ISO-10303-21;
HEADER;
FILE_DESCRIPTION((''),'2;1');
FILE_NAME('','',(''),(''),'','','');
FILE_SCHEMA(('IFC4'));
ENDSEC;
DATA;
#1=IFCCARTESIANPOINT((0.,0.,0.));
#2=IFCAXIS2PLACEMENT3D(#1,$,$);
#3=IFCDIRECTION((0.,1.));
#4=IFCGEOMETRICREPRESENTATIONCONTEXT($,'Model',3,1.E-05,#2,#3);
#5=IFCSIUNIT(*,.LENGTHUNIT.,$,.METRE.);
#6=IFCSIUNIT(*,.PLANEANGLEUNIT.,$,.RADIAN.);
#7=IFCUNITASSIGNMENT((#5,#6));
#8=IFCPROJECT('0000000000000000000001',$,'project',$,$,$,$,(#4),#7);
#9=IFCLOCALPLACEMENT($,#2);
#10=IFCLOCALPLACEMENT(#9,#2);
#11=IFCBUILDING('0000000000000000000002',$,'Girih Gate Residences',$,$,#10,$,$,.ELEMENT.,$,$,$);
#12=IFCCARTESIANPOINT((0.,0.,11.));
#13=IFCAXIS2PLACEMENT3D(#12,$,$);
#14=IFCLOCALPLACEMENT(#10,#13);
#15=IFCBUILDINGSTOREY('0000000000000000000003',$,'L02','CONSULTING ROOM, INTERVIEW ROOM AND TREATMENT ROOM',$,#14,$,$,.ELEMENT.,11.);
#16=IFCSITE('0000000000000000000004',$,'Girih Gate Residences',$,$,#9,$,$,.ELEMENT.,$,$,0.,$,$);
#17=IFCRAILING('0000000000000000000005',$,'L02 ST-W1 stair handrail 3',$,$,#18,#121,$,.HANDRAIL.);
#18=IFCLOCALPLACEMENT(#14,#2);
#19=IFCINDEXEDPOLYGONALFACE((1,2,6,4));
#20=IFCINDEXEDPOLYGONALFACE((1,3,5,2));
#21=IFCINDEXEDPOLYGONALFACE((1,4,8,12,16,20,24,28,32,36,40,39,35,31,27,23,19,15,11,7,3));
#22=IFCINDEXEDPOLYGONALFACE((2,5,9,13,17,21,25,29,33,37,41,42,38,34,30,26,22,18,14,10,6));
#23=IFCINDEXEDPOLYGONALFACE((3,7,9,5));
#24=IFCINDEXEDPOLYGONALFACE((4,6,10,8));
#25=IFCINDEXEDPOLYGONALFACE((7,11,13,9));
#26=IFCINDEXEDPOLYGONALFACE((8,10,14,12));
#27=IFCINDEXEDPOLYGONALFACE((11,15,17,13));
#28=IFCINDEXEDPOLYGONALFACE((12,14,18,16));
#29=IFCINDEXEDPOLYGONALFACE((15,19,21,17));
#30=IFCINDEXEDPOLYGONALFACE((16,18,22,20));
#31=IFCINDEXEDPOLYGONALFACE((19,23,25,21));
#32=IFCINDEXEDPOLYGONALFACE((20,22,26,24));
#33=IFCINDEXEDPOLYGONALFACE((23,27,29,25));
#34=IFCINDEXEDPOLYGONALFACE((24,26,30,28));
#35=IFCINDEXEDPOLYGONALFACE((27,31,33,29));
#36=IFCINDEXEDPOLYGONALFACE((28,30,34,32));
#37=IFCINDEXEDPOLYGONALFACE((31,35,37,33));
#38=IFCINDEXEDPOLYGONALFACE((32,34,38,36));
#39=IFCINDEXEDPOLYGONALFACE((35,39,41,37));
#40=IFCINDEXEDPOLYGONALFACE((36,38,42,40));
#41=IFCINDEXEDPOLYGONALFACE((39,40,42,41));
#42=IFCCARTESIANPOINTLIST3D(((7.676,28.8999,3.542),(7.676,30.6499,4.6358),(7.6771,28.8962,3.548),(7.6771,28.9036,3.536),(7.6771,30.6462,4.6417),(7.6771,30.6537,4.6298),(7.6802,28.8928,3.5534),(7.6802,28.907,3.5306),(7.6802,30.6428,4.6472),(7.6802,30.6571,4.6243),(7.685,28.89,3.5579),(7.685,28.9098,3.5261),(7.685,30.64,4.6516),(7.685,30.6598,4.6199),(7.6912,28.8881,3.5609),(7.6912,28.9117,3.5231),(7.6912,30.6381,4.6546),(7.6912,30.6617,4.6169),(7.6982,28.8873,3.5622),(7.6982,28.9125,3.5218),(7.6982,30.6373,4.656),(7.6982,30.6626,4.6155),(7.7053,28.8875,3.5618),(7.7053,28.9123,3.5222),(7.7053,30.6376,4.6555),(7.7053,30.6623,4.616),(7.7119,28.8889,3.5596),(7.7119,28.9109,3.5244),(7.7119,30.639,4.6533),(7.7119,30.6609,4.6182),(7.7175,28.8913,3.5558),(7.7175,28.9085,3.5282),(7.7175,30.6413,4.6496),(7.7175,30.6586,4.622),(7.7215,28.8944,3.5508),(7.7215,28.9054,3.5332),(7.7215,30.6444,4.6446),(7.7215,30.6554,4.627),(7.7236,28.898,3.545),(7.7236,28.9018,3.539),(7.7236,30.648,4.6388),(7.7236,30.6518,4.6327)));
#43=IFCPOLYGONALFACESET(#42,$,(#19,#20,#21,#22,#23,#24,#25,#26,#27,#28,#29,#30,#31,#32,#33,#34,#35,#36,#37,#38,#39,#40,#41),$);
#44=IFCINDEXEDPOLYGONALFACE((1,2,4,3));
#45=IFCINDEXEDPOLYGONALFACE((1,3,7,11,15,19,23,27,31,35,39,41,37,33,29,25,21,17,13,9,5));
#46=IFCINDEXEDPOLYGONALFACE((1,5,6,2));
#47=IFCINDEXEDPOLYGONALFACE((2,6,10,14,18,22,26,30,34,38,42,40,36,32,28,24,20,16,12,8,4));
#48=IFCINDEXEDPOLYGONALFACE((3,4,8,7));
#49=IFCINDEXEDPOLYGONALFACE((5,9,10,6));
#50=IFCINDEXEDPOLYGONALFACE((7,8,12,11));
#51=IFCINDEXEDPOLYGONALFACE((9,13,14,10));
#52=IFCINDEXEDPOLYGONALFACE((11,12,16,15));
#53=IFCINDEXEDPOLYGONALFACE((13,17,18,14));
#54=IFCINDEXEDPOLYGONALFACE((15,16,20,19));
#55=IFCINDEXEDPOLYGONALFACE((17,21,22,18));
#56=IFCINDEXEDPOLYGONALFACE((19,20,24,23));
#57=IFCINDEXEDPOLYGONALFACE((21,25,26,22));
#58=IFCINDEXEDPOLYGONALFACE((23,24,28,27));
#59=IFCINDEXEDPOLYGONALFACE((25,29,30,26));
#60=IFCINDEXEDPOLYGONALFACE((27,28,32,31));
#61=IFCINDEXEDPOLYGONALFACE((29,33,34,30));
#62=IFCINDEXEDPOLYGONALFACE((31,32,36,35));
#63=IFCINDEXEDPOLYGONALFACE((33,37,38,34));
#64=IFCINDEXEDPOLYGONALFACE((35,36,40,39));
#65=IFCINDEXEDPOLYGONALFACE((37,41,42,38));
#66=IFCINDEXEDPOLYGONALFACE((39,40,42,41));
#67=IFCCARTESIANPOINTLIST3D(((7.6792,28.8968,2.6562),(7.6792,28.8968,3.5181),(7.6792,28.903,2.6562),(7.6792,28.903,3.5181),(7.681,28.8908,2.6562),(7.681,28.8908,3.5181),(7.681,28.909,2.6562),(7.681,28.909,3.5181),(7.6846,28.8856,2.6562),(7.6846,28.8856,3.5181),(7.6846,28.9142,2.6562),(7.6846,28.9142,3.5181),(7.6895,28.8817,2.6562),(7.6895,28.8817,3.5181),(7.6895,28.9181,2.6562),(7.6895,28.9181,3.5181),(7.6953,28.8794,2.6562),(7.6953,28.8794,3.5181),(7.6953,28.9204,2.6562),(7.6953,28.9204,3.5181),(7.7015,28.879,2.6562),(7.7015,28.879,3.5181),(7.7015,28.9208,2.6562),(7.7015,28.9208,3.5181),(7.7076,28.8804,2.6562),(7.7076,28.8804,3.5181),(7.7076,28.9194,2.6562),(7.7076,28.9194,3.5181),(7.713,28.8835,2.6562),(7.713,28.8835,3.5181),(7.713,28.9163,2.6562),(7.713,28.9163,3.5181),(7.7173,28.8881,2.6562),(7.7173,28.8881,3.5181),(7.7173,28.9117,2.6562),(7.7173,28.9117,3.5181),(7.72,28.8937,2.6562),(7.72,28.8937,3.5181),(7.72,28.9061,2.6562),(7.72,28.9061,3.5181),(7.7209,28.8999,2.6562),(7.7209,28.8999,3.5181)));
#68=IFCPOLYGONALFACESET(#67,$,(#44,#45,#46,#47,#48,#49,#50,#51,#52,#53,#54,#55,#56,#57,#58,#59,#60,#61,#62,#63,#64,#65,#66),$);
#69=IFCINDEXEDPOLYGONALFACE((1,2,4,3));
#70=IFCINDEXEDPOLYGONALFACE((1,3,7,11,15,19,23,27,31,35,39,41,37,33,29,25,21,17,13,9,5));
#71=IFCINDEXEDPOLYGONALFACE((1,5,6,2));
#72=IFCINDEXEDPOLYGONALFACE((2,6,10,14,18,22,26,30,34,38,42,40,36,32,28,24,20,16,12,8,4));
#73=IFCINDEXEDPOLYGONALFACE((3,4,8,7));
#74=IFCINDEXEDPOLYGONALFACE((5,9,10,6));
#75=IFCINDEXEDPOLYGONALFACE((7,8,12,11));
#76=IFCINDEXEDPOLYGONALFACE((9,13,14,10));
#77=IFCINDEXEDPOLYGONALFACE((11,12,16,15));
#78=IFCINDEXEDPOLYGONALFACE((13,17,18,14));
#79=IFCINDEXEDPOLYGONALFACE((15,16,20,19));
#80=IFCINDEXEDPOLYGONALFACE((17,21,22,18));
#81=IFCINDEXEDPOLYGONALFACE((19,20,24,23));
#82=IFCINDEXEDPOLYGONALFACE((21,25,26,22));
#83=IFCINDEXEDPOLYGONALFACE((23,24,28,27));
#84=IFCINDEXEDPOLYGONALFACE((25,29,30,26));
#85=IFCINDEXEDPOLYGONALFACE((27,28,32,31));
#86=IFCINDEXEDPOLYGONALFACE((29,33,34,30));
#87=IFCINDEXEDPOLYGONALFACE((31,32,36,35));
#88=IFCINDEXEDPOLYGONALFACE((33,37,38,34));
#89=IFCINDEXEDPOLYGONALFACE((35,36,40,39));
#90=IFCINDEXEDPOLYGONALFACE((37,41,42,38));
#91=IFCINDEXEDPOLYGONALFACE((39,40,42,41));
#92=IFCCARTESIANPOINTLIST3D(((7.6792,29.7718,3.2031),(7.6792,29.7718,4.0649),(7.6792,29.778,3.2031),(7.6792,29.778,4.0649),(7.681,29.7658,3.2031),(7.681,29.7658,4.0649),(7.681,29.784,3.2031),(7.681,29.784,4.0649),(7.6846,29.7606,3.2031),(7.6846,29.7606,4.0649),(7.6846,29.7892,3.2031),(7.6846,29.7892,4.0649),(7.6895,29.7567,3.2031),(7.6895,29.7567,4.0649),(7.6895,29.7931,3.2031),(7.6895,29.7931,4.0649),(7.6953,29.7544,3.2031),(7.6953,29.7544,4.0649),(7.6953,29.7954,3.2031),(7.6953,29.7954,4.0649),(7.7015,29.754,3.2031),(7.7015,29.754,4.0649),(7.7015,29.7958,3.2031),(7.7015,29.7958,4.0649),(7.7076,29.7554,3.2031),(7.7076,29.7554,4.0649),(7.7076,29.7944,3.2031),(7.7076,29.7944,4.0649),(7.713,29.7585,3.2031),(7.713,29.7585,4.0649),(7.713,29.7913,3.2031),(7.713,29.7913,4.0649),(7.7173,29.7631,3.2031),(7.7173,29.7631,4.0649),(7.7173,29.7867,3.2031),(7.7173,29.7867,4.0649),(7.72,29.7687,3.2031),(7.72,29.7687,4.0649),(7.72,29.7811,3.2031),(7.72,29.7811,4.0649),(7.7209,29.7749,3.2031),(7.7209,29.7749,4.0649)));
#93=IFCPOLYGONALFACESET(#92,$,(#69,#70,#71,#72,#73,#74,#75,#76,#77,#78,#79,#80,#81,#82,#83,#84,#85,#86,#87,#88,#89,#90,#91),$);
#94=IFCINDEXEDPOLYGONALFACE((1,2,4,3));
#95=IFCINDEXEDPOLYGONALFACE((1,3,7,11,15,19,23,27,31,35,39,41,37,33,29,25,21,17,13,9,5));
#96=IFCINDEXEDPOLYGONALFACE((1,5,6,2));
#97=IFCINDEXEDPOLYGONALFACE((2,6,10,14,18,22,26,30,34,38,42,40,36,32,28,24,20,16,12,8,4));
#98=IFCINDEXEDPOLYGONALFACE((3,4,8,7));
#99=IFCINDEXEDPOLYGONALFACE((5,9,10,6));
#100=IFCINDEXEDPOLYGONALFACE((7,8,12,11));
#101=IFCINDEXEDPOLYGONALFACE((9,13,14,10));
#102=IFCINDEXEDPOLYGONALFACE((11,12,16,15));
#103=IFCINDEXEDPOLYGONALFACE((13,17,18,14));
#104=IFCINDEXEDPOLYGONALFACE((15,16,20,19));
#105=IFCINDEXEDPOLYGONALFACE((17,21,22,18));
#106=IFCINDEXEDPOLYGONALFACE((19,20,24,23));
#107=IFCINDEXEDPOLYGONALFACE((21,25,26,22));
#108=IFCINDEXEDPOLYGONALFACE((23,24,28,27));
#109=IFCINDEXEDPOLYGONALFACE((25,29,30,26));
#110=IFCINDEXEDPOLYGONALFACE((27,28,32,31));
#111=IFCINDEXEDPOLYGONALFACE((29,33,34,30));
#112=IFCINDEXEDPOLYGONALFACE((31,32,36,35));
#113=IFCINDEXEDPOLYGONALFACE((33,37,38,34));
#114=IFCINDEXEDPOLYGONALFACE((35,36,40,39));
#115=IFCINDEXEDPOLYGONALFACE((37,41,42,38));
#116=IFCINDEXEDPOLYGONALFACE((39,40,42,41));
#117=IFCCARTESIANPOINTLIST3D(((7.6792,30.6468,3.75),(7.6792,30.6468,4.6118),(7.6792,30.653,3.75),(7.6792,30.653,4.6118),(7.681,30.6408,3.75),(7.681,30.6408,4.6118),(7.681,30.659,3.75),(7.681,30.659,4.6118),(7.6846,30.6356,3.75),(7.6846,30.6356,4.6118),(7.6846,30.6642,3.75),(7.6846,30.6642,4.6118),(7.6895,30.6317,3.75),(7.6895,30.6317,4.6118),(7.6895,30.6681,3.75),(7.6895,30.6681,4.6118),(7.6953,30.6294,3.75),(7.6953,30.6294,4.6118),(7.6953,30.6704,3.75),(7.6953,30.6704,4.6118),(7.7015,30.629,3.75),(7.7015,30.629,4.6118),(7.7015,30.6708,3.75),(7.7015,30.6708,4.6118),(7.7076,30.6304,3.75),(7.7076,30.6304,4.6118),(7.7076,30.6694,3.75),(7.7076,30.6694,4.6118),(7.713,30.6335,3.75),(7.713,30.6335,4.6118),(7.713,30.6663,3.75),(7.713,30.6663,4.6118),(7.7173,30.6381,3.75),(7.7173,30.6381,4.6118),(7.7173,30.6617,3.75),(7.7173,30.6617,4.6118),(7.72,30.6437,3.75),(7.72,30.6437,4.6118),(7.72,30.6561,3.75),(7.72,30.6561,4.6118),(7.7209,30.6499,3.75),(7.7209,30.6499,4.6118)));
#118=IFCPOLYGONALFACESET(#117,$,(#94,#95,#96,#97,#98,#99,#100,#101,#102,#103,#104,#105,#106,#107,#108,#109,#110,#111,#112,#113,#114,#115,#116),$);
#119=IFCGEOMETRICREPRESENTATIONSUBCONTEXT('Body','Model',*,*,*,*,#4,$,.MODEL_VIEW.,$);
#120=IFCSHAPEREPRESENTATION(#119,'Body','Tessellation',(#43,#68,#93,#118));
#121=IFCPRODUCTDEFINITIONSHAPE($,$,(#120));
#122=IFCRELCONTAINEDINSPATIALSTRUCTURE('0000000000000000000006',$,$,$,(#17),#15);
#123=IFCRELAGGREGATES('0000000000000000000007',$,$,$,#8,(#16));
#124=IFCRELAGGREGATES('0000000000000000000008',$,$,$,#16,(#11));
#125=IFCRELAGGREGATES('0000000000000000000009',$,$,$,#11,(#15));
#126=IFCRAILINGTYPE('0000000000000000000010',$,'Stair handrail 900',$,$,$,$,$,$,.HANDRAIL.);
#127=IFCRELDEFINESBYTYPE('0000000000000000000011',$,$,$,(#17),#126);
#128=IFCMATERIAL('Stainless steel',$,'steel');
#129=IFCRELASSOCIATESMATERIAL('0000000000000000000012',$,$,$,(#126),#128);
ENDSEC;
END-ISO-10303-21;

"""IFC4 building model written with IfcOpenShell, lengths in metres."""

from ifc_helpers import new_model, si_unit, direction, frame, origin, origin_2d, place, context, subcontext, project, spatial, circle, extrude, material, type_object, element, save


model = new_model("IFC4")

# Units and contexts
model_context = context("Model", 3, precision=1e-05, world=origin(), true_north=direction((0.0, 1.0)))
body_context = subcontext(model_context, "Body", "Model", "MODEL_VIEW")
ifc_project = project(units=[si_unit("LENGTHUNIT", "METRE"), si_unit("PLANEANGLEUNIT", "RADIAN")], contexts=[model_context])

# Site, building, storey
site_placement = place(None, origin())
site = spatial("IfcSite", under=ifc_project, at=site_placement, Name="Girih Gate Residences", CompositionType="ELEMENT", RefElevation=0.0)
building_placement = place(site_placement, origin())
building = spatial("IfcBuilding", under=site, at=building_placement, Name="Girih Gate Residences", CompositionType="ELEMENT")
storey_placement = place(building_placement, frame((0.0, 0.0, 11.0)))
storey = spatial("IfcBuildingStorey", under=building, at=storey_placement, Name="L02", Description="CONSULTING ROOM, INTERVIEW ROOM AND TREATMENT ROOM", CompositionType="ELEMENT", Elevation=11.0)

# Railing
ifc_material_1 = material(Name="Stainless steel", Category="steel")
railing_type_1 = type_object("IfcRailingType", Name="Stair handrail 900", PredefinedType="HANDRAIL", material=ifc_material_1)
railing_1_placement = place(storey_placement, frame((7.7, 28.8999, 2.6562)))
element("IfcRailing", 1, at=railing_1_placement, inside=storey, type_object=railing_type_1, Name="L02 ST-W1 stair handrail 3", PredefinedType="HANDRAIL", context=body_context, shape_type="SweptSolid", body=[
    extrude(circle(Radius=0.0239, at=origin_2d()), frame((0.0, 0.0, 0.8857), z_axis=(0.0, 0.847998, 0.529999), x_axis=(-1.0, 0.0, 0.0)), (0.0, 0.0, 1.0), 2.0637),
    extrude(circle(Radius=0.021, at=origin_2d()), origin(), (0.0, 0.0, 1.0), 0.8618),
    extrude(circle(Radius=0.021, at=origin_2d()), frame((0.0, 0.875, 0.5469)), (0.0, 0.0, 1.0), 0.8618),
    extrude(circle(Radius=0.021, at=origin_2d()), frame((0.0, 1.75, 1.0938)), (0.0, 0.0, 1.0), 0.8618),
])

save(model, "model.ifc")
